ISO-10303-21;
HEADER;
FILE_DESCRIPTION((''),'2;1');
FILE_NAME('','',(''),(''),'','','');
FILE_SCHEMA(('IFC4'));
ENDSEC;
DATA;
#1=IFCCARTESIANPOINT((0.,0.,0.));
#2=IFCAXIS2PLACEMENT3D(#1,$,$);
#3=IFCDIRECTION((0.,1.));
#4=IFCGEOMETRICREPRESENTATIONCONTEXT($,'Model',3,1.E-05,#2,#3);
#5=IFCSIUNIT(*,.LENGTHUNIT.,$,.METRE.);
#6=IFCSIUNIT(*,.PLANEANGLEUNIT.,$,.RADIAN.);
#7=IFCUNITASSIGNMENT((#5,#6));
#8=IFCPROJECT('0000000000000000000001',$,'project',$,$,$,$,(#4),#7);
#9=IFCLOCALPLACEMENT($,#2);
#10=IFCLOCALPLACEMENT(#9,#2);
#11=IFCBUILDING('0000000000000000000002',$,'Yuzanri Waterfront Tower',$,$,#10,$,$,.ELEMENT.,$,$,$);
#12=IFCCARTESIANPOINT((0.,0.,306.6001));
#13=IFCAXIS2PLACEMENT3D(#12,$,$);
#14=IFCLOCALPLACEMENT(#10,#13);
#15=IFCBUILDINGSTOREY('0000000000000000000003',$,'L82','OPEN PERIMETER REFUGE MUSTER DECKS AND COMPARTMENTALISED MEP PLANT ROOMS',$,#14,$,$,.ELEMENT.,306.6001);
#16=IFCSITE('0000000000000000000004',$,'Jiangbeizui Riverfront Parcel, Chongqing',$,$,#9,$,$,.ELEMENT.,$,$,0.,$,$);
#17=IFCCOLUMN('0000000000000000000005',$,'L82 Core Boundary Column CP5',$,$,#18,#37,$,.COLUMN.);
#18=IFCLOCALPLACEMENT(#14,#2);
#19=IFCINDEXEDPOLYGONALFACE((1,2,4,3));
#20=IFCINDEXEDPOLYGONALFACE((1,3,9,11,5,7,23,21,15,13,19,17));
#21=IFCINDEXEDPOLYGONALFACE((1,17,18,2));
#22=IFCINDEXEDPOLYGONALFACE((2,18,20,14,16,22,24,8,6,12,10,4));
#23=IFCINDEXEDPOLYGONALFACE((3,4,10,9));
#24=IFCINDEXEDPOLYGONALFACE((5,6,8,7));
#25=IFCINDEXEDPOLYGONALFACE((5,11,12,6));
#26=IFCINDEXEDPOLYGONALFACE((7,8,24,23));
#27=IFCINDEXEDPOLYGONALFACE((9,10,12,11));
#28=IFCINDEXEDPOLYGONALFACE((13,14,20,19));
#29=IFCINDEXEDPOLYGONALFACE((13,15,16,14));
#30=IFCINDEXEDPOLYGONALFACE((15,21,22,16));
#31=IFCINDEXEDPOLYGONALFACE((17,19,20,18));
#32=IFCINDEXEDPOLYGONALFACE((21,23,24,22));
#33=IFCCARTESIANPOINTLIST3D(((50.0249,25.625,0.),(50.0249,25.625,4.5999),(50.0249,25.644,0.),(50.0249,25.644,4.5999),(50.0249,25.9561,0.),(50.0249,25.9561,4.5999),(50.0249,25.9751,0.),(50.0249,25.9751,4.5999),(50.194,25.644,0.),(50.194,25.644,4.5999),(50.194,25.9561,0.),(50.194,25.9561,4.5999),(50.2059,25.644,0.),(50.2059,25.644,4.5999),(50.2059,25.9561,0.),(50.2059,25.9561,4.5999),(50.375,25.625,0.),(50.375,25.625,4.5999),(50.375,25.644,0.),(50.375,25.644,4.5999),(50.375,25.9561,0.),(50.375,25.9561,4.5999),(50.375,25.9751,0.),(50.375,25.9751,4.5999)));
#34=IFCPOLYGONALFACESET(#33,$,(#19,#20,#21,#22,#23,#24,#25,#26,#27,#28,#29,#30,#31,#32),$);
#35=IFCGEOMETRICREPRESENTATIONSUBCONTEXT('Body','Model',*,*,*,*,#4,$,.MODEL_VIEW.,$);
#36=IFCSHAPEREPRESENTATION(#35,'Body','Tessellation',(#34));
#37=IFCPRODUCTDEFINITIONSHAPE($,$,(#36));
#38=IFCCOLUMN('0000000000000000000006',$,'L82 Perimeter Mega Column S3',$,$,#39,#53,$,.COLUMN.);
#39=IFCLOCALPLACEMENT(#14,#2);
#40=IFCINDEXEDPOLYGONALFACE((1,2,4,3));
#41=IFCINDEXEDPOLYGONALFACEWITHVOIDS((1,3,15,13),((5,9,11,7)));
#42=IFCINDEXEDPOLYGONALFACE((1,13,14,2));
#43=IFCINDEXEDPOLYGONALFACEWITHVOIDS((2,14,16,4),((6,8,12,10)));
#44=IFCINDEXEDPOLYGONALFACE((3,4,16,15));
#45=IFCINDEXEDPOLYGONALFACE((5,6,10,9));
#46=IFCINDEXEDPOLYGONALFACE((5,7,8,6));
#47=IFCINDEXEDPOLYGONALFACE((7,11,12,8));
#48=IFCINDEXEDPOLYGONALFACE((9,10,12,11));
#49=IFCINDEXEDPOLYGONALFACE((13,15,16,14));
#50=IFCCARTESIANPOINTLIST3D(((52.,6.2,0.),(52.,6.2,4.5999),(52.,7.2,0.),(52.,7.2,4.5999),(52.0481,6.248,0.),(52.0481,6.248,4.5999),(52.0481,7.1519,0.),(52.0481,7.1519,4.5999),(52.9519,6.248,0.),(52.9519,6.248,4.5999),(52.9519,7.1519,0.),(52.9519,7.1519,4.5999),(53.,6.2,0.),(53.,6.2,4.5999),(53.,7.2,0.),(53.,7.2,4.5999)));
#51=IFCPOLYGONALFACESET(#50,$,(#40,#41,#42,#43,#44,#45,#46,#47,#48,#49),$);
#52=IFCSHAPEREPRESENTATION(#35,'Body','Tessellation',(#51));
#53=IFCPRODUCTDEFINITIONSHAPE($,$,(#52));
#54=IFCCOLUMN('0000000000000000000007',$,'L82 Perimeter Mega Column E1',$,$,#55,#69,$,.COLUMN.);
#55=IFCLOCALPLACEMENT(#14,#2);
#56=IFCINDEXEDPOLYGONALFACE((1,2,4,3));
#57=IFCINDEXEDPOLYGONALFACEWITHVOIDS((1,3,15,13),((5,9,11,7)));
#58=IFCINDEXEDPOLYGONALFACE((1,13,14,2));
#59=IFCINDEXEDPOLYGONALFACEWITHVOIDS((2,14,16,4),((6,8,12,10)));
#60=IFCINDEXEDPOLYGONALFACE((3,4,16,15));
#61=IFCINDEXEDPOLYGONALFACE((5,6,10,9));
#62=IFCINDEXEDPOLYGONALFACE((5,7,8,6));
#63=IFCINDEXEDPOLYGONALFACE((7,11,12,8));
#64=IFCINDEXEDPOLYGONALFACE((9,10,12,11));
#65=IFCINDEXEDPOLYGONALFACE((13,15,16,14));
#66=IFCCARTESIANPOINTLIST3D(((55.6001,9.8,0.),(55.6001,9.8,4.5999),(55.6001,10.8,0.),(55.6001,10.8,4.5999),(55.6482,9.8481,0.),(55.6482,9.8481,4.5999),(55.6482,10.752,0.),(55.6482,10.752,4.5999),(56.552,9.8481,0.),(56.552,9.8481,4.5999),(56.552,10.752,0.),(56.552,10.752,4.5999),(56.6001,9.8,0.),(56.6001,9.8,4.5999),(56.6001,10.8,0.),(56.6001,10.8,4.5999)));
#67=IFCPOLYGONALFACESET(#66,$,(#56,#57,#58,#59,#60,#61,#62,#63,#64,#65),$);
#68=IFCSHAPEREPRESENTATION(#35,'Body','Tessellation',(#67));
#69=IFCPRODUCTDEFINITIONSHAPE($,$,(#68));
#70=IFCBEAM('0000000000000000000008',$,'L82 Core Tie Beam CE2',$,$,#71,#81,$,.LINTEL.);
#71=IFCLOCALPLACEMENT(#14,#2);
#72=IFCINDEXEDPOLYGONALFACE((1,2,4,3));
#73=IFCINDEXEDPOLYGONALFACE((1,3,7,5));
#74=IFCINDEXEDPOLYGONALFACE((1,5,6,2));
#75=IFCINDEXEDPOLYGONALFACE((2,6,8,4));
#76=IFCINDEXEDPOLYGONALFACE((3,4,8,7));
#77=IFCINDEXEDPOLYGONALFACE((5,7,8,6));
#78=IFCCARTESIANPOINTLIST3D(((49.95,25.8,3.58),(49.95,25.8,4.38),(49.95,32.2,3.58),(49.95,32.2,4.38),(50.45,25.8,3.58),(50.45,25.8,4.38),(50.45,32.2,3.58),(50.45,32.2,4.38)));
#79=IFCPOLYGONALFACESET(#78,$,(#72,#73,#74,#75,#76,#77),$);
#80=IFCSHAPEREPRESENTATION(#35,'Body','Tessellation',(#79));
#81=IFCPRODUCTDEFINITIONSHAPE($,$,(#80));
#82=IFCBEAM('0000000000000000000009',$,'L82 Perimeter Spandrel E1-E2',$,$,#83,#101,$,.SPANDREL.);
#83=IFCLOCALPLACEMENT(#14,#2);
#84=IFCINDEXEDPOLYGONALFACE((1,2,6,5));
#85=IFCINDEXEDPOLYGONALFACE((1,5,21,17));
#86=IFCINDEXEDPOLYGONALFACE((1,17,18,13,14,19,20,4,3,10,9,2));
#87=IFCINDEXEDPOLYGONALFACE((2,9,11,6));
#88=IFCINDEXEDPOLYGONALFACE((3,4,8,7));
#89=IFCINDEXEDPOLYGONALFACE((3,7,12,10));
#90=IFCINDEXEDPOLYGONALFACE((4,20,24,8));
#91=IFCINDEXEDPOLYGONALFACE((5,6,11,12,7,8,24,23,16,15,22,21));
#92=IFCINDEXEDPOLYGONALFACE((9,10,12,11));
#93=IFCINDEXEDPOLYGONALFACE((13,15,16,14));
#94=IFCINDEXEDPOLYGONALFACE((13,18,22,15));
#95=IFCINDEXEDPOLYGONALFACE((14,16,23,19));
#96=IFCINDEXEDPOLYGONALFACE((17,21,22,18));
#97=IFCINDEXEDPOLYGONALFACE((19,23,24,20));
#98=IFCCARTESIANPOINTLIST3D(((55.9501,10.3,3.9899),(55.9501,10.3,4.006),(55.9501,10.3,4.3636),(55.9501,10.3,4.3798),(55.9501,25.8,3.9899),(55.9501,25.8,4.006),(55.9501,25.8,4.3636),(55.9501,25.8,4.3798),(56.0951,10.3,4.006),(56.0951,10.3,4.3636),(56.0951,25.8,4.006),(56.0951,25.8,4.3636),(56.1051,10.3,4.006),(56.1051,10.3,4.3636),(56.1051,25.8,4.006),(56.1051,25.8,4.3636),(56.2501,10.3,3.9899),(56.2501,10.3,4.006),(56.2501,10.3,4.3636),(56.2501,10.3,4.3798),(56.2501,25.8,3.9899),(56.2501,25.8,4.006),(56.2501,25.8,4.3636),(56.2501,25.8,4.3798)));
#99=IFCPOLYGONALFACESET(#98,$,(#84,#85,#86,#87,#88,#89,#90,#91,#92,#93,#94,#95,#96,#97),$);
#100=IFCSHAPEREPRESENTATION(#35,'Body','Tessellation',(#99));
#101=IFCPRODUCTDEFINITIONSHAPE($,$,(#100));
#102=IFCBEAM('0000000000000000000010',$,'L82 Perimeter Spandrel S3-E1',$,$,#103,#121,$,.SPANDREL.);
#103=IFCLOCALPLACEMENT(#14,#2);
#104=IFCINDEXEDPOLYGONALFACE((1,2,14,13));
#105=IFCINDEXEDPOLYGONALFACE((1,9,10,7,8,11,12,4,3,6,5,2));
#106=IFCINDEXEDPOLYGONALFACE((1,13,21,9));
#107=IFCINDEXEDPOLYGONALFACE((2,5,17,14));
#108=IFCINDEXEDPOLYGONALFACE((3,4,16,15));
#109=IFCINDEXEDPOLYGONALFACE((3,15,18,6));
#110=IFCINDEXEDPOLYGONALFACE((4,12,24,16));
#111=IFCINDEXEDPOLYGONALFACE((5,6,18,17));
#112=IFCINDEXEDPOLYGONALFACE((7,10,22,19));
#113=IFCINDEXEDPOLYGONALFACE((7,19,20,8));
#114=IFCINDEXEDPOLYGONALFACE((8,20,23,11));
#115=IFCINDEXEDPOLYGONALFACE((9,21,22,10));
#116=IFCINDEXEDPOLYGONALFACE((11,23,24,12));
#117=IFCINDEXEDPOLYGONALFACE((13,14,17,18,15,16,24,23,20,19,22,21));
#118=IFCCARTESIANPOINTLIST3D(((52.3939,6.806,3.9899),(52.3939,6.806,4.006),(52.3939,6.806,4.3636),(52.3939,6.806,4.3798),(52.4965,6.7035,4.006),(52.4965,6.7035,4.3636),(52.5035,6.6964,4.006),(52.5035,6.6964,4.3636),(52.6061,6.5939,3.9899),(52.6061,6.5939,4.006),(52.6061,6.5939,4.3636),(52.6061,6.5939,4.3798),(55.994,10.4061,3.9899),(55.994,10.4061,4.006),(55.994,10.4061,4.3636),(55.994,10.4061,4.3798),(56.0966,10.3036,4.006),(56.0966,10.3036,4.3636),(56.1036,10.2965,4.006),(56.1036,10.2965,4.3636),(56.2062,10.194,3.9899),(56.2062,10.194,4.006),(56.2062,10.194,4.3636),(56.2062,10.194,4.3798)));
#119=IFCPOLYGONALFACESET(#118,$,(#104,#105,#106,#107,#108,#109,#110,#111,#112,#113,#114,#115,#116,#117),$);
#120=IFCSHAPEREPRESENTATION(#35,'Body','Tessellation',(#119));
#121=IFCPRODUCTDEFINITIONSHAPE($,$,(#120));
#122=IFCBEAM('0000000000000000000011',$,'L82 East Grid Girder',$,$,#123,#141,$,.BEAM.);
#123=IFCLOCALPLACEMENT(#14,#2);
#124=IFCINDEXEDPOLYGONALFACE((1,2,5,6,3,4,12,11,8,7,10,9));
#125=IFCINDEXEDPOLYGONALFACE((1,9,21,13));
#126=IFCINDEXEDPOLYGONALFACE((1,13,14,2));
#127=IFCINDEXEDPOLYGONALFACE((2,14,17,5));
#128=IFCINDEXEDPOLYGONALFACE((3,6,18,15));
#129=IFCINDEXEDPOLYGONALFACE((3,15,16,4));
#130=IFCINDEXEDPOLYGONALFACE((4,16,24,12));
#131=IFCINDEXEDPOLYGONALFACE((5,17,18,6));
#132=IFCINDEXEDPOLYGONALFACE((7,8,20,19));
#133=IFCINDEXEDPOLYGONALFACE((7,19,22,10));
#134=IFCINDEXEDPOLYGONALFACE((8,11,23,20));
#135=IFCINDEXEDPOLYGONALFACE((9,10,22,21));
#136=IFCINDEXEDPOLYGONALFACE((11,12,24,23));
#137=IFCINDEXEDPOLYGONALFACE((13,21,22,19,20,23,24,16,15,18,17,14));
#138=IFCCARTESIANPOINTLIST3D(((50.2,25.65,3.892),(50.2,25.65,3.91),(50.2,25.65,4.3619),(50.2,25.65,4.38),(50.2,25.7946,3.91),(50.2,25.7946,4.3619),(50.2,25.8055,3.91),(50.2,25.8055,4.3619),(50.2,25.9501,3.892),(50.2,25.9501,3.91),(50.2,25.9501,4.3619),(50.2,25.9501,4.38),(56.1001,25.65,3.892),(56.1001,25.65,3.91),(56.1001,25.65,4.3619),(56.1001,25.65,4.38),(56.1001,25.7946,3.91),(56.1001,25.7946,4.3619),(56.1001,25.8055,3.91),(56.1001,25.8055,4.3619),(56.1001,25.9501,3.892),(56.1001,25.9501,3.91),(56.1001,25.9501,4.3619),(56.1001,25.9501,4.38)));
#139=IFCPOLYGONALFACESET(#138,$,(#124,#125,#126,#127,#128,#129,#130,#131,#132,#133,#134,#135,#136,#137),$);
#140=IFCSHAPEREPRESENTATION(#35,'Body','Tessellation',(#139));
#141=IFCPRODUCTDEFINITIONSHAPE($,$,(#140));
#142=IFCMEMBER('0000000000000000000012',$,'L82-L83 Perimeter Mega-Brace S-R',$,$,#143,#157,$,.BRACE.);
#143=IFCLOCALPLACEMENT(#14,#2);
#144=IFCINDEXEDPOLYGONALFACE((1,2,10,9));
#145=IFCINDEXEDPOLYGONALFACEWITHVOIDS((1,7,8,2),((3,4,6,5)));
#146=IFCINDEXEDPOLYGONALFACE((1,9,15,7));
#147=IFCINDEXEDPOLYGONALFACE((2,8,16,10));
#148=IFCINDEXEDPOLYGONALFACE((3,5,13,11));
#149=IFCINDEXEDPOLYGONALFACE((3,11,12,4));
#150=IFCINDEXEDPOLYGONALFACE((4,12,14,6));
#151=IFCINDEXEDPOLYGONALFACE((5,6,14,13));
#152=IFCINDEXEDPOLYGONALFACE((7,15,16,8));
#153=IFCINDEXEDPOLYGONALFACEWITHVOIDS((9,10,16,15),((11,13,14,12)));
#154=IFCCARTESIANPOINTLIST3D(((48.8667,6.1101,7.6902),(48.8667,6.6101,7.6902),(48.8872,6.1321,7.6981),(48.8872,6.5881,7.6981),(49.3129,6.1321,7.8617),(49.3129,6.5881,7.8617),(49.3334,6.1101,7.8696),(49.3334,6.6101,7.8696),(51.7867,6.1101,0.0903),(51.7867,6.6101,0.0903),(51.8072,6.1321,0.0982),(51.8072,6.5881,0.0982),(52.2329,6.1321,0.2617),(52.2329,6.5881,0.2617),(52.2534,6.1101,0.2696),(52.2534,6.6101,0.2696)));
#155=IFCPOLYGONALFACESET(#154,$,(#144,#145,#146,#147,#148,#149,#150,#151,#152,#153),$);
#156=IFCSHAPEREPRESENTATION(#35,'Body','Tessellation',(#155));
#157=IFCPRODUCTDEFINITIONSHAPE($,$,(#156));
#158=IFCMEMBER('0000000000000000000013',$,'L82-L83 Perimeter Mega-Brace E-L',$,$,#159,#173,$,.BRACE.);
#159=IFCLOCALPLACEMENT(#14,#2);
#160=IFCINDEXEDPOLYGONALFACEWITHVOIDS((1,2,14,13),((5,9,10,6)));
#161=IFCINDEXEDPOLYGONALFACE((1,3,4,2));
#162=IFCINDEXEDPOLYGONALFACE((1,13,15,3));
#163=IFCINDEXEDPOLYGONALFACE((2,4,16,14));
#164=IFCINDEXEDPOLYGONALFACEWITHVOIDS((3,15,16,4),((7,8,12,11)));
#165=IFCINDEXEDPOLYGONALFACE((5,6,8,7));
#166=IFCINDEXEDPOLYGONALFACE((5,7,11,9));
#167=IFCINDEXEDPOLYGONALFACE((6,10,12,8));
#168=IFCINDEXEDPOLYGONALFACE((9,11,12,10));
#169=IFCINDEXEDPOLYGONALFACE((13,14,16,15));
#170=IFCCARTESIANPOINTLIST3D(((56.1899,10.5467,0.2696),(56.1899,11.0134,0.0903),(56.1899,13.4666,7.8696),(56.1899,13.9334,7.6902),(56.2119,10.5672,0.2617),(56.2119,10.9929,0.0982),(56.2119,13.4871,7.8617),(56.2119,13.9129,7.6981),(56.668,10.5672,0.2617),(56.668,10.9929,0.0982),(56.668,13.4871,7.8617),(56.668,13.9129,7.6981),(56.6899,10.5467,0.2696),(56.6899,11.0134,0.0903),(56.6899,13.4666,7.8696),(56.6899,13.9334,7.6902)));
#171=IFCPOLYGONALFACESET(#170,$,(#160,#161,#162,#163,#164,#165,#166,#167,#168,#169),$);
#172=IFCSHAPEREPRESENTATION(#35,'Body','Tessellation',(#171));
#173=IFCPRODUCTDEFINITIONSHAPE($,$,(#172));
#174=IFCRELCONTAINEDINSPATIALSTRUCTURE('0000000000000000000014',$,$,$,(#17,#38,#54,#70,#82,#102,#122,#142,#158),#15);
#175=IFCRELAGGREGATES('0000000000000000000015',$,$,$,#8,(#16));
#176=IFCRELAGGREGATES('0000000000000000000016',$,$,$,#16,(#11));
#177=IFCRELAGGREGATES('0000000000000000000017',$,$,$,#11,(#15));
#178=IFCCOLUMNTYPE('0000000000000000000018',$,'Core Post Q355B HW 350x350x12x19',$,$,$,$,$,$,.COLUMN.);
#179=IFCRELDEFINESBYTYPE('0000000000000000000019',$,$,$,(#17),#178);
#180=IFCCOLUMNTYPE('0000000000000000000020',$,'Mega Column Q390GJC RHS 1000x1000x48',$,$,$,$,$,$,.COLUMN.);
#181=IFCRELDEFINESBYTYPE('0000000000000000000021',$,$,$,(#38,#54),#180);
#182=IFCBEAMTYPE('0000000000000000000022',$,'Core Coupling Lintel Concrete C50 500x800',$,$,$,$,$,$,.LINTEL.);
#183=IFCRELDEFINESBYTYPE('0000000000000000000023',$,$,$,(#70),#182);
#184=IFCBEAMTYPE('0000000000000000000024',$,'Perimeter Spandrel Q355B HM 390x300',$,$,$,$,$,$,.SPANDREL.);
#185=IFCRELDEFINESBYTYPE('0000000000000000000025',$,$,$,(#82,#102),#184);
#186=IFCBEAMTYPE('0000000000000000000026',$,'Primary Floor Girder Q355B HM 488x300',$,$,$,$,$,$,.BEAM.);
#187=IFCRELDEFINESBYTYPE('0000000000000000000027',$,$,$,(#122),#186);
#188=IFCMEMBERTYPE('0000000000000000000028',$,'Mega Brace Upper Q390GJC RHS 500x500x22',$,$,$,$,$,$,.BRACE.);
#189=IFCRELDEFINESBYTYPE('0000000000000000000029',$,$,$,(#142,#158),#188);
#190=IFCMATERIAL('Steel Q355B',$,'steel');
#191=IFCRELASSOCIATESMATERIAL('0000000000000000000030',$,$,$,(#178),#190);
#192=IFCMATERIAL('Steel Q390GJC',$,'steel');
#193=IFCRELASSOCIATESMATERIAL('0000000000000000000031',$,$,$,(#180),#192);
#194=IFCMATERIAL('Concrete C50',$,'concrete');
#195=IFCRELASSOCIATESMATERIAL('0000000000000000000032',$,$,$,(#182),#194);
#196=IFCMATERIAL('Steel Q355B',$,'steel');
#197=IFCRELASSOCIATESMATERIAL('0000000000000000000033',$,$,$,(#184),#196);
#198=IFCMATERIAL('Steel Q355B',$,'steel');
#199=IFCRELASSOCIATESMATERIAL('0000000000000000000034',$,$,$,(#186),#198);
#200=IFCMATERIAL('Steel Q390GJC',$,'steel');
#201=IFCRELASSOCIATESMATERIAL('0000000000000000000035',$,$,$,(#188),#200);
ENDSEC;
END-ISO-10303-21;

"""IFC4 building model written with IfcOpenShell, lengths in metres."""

from ifc_helpers import new_model, si_unit, direction, frame, origin, origin_2d, place, context, subcontext, project, spatial, rectangle, hollow_rectangle, i_section, extrude, source, transform, mapped, material, material_profile, profile_set, type_object, element, save


model = new_model("IFC4")

# Units and contexts
model_context = context("Model", 3, precision=1e-05, world=origin(), true_north=direction((0.0, 1.0)))
body_context = subcontext(model_context, "Body", "Model", "MODEL_VIEW")
ifc_project = project(units=[si_unit("LENGTHUNIT", "METRE"), si_unit("PLANEANGLEUNIT", "RADIAN")], contexts=[model_context])

# Site, building, storey
site_placement = place(None, origin())
site = spatial("IfcSite", under=ifc_project, at=site_placement, Name="Jiangbeizui Riverfront Parcel, Chongqing", CompositionType="ELEMENT", RefElevation=0.0)
building_placement = place(site_placement, origin())
building = spatial("IfcBuilding", under=site, at=building_placement, Name="Yuzanri Waterfront Tower", CompositionType="ELEMENT")
storey_placement = place(building_placement, frame((0.0, 0.0, 306.6001)))
storey = spatial("IfcBuildingStorey", under=building, at=storey_placement, Name="L82", Description="OPEN PERIMETER REFUGE MUSTER DECKS AND COMPARTMENTALISED MEP PLANT ROOMS", CompositionType="ELEMENT", Elevation=306.6001)

# Columns
ifc_material_1 = material(Name="Steel Q355B", Category="steel")
ifc_material_profile_1 = material_profile(ifc_material_1, i_section(OverallWidth=0.3501, OverallDepth=0.3501, WebThickness=0.012, FlangeThickness=0.019, at=origin_2d()), Name="HW 350x350x12x19")
ifc_profile_set_1 = profile_set([ifc_material_profile_1], Name="Steel Q355B")
column_type_1 = type_object("IfcColumnType", Name="Core Post Q355B HW 350x350x12x19", PredefinedType="COLUMN", material=ifc_profile_set_1)
shared_shape_1 = source(origin(), body_context, "Body", "SweptSolid", [
    extrude(i_section(OverallWidth=0.3501, OverallDepth=0.3501, WebThickness=0.012, FlangeThickness=0.019, at=origin_2d()), origin(), (0.0, 0.0, 1.0), 4.5999),
])
column_placement = place(storey_placement, frame((50.2, 25.8, 0.0), z_axis=(0.0, 0.0, 1.0), x_axis=(1.0, 0.0, 0.0)))
element("IfcColumn", 1, at=column_placement, inside=storey, type_object=column_type_1, Name="L82 Core Boundary Column CP5", PredefinedType="COLUMN", context=body_context, shape_type="MappedRepresentation", body=[
    mapped(shared_shape_1, transform((0.0, 0.0, 0.0), scale=1.0)),
])
ifc_material_2 = material(Name="Steel Q390GJC", Category="steel")
ifc_material_profile_2 = material_profile(ifc_material_2, hollow_rectangle(XDim=1.0, YDim=1.0, WallThickness=0.0481, at=origin_2d()), Name="RHS 1000x1000x48")
ifc_profile_set_2 = profile_set([ifc_material_profile_2], Name="Steel Q390GJC")
column_type_2 = type_object("IfcColumnType", Name="Mega Column Q390GJC RHS 1000x1000x48", PredefinedType="COLUMN", material=ifc_profile_set_2)
shared_shape_2 = source(origin(), body_context, "Body", "SweptSolid", [
    extrude(hollow_rectangle(XDim=1.0, YDim=1.0, WallThickness=0.0481, at=origin_2d()), origin(), (0.0, 0.0, 1.0), 4.5999),
])
for number, where, z_axis, x_axis, name in (
    (2, (52.5, 6.7, 0.0), (0.0, 0.0, 1.0), (1.0, 0.0, 0.0), "L82 Perimeter Mega Column S3"),
    (3, (56.1001, 10.3, 0.0), (0.0, 0.0, 1.0), (1.0, 0.0, 0.0), "L82 Perimeter Mega Column E1"),
):
    element("IfcColumn", number, at=place(storey_placement, frame(where, z_axis=z_axis, x_axis=x_axis)), inside=storey, type_object=column_type_2, Name=name, PredefinedType="COLUMN", context=body_context, shape_type="MappedRepresentation", body=[
        mapped(shared_shape_2, transform((0.0, 0.0, 0.0), scale=1.0)),
    ])

# Beams
ifc_material_3 = material(Name="Concrete C50", Category="concrete")
ifc_material_profile_3 = material_profile(ifc_material_3, rectangle(XDim=0.5, YDim=0.8, at=origin_2d()), Name="RC 500x800")
ifc_profile_set_3 = profile_set([ifc_material_profile_3], Name="Concrete C50")
beam_type_1 = type_object("IfcBeamType", Name="Core Coupling Lintel Concrete C50 500x800", PredefinedType="LINTEL", material=ifc_profile_set_3)
shared_shape_3 = source(origin(), body_context, "Body", "SweptSolid", [
    extrude(rectangle(XDim=0.5, YDim=0.8, at=origin_2d()), origin(), (0.0, 0.0, 1.0), 6.3999),
])
beam_1_placement = place(storey_placement, frame((50.2, 25.8, 3.98), z_axis=(0.0, 1.0, 0.0), x_axis=(-1.0, 0.0, 0.0)))
element("IfcBeam", 4, at=beam_1_placement, inside=storey, type_object=beam_type_1, Name="L82 Core Tie Beam CE2", PredefinedType="LINTEL", context=body_context, shape_type="MappedRepresentation", body=[
    mapped(shared_shape_3, transform((0.0, 0.0, 0.0), scale=1.0)),
])
ifc_material_4 = material(Name="Steel Q355B", Category="steel")
ifc_material_profile_4 = material_profile(ifc_material_4, i_section(OverallWidth=0.3, OverallDepth=0.3899, WebThickness=0.01, FlangeThickness=0.0161, at=origin_2d()), Name="HM 390x300x10x16")
ifc_profile_set_4 = profile_set([ifc_material_profile_4], Name="Steel Q355B")
beam_type_2 = type_object("IfcBeamType", Name="Perimeter Spandrel Q355B HM 390x300", PredefinedType="SPANDREL", material=ifc_profile_set_4)
shared_shape_4 = source(origin(), body_context, "Body", "SweptSolid", [
    extrude(i_section(OverallWidth=0.3, OverallDepth=0.3899, WebThickness=0.01, FlangeThickness=0.0161, at=origin_2d()), origin(), (0.0, 0.0, 1.0), 15.5),
])
beam_2_placement = place(storey_placement, frame((56.1001, 10.3, 4.1848), z_axis=(0.0, 1.0, 0.0), x_axis=(-1.0, 0.0, 0.0)))
element("IfcBeam", 5, at=beam_2_placement, inside=storey, type_object=beam_type_2, Name="L82 Perimeter Spandrel E1-E2", PredefinedType="SPANDREL", context=body_context, shape_type="MappedRepresentation", body=[
    mapped(shared_shape_4, transform((0.0, 0.0, 0.0), scale=1.0)),
])
shared_shape_5 = source(origin(), body_context, "Body", "SweptSolid", [
    extrude(i_section(OverallWidth=0.3, OverallDepth=0.3899, WebThickness=0.01, FlangeThickness=0.0161, at=origin_2d()), origin(), (0.0, 0.0, 1.0), 5.0913),
])
beam_3_placement = place(storey_placement, frame((52.5, 6.7, 4.1848), z_axis=(0.707107, 0.707107, 0.0), x_axis=(-0.707107, 0.707107, 0.0)))
element("IfcBeam", 6, at=beam_3_placement, inside=storey, type_object=beam_type_2, Name="L82 Perimeter Spandrel S3-E1", PredefinedType="SPANDREL", context=body_context, shape_type="MappedRepresentation", body=[
    mapped(shared_shape_5, transform((0.0, 0.0, 0.0), scale=1.0)),
])
ifc_material_5 = material(Name="Steel Q355B", Category="steel")
ifc_material_profile_5 = material_profile(ifc_material_5, i_section(OverallWidth=0.3, OverallDepth=0.488, WebThickness=0.011, FlangeThickness=0.0181, at=origin_2d()), Name="HM 488x300x11x18")
ifc_profile_set_5 = profile_set([ifc_material_profile_5], Name="Steel Q355B")
beam_type_3 = type_object("IfcBeamType", Name="Primary Floor Girder Q355B HM 488x300", PredefinedType="BEAM", material=ifc_profile_set_5)
shared_shape_6 = source(origin(), body_context, "Body", "SweptSolid", [
    extrude(i_section(OverallWidth=0.3, OverallDepth=0.488, WebThickness=0.011, FlangeThickness=0.0181, at=origin_2d()), origin(), (0.0, 0.0, 1.0), 5.9001),
])
beam_4_placement = place(storey_placement, frame((50.2, 25.8, 4.136), z_axis=(1.0, 0.0, 0.0), x_axis=(0.0, 1.0, 0.0)))
element("IfcBeam", 7, at=beam_4_placement, inside=storey, type_object=beam_type_3, Name="L82 East Grid Girder", PredefinedType="BEAM", context=body_context, shape_type="MappedRepresentation", body=[
    mapped(shared_shape_6, transform((0.0, 0.0, 0.0), scale=1.0)),
])

# Members
ifc_material_6 = material(Name="Steel Q390GJC", Category="steel")
ifc_material_profile_6 = material_profile(ifc_material_6, hollow_rectangle(XDim=0.5, YDim=0.5, WallThickness=0.022, at=origin_2d()), Name="RHS 500x500x22")
ifc_profile_set_6 = profile_set([ifc_material_profile_6], Name="Steel Q390GJC")
member_type_1 = type_object("IfcMemberType", Name="Mega Brace Upper Q390GJC RHS 500x500x22", PredefinedType="BRACE", material=ifc_profile_set_6)
shared_shape_7 = source(origin(), body_context, "Body", "SweptSolid", [
    extrude(hollow_rectangle(XDim=0.5, YDim=0.5, WallThickness=0.022, at=origin_2d()), origin(), (0.0, 0.0, 1.0), 8.1416),
])
for number, where, z_axis, x_axis, name in (
    (8, (52.02, 6.3601, 0.1799), (-0.358647, 0.0, 0.933473), (0.0, -1.0, 0.0), "L82-L83 Perimeter Mega-Brace S-R"),
    (9, (56.4399, 10.78, 0.1799), (0.0, 0.358647, 0.933473), (-1.0, 0.0, 0.0), "L82-L83 Perimeter Mega-Brace E-L"),
):
    element("IfcMember", number, at=place(storey_placement, frame(where, z_axis=z_axis, x_axis=x_axis)), inside=storey, type_object=member_type_1, Name=name, PredefinedType="BRACE", context=body_context, shape_type="MappedRepresentation", body=[
        mapped(shared_shape_7, transform((0.0, 0.0, 0.0), scale=1.0)),
    ])

save(model, "model.ifc")
